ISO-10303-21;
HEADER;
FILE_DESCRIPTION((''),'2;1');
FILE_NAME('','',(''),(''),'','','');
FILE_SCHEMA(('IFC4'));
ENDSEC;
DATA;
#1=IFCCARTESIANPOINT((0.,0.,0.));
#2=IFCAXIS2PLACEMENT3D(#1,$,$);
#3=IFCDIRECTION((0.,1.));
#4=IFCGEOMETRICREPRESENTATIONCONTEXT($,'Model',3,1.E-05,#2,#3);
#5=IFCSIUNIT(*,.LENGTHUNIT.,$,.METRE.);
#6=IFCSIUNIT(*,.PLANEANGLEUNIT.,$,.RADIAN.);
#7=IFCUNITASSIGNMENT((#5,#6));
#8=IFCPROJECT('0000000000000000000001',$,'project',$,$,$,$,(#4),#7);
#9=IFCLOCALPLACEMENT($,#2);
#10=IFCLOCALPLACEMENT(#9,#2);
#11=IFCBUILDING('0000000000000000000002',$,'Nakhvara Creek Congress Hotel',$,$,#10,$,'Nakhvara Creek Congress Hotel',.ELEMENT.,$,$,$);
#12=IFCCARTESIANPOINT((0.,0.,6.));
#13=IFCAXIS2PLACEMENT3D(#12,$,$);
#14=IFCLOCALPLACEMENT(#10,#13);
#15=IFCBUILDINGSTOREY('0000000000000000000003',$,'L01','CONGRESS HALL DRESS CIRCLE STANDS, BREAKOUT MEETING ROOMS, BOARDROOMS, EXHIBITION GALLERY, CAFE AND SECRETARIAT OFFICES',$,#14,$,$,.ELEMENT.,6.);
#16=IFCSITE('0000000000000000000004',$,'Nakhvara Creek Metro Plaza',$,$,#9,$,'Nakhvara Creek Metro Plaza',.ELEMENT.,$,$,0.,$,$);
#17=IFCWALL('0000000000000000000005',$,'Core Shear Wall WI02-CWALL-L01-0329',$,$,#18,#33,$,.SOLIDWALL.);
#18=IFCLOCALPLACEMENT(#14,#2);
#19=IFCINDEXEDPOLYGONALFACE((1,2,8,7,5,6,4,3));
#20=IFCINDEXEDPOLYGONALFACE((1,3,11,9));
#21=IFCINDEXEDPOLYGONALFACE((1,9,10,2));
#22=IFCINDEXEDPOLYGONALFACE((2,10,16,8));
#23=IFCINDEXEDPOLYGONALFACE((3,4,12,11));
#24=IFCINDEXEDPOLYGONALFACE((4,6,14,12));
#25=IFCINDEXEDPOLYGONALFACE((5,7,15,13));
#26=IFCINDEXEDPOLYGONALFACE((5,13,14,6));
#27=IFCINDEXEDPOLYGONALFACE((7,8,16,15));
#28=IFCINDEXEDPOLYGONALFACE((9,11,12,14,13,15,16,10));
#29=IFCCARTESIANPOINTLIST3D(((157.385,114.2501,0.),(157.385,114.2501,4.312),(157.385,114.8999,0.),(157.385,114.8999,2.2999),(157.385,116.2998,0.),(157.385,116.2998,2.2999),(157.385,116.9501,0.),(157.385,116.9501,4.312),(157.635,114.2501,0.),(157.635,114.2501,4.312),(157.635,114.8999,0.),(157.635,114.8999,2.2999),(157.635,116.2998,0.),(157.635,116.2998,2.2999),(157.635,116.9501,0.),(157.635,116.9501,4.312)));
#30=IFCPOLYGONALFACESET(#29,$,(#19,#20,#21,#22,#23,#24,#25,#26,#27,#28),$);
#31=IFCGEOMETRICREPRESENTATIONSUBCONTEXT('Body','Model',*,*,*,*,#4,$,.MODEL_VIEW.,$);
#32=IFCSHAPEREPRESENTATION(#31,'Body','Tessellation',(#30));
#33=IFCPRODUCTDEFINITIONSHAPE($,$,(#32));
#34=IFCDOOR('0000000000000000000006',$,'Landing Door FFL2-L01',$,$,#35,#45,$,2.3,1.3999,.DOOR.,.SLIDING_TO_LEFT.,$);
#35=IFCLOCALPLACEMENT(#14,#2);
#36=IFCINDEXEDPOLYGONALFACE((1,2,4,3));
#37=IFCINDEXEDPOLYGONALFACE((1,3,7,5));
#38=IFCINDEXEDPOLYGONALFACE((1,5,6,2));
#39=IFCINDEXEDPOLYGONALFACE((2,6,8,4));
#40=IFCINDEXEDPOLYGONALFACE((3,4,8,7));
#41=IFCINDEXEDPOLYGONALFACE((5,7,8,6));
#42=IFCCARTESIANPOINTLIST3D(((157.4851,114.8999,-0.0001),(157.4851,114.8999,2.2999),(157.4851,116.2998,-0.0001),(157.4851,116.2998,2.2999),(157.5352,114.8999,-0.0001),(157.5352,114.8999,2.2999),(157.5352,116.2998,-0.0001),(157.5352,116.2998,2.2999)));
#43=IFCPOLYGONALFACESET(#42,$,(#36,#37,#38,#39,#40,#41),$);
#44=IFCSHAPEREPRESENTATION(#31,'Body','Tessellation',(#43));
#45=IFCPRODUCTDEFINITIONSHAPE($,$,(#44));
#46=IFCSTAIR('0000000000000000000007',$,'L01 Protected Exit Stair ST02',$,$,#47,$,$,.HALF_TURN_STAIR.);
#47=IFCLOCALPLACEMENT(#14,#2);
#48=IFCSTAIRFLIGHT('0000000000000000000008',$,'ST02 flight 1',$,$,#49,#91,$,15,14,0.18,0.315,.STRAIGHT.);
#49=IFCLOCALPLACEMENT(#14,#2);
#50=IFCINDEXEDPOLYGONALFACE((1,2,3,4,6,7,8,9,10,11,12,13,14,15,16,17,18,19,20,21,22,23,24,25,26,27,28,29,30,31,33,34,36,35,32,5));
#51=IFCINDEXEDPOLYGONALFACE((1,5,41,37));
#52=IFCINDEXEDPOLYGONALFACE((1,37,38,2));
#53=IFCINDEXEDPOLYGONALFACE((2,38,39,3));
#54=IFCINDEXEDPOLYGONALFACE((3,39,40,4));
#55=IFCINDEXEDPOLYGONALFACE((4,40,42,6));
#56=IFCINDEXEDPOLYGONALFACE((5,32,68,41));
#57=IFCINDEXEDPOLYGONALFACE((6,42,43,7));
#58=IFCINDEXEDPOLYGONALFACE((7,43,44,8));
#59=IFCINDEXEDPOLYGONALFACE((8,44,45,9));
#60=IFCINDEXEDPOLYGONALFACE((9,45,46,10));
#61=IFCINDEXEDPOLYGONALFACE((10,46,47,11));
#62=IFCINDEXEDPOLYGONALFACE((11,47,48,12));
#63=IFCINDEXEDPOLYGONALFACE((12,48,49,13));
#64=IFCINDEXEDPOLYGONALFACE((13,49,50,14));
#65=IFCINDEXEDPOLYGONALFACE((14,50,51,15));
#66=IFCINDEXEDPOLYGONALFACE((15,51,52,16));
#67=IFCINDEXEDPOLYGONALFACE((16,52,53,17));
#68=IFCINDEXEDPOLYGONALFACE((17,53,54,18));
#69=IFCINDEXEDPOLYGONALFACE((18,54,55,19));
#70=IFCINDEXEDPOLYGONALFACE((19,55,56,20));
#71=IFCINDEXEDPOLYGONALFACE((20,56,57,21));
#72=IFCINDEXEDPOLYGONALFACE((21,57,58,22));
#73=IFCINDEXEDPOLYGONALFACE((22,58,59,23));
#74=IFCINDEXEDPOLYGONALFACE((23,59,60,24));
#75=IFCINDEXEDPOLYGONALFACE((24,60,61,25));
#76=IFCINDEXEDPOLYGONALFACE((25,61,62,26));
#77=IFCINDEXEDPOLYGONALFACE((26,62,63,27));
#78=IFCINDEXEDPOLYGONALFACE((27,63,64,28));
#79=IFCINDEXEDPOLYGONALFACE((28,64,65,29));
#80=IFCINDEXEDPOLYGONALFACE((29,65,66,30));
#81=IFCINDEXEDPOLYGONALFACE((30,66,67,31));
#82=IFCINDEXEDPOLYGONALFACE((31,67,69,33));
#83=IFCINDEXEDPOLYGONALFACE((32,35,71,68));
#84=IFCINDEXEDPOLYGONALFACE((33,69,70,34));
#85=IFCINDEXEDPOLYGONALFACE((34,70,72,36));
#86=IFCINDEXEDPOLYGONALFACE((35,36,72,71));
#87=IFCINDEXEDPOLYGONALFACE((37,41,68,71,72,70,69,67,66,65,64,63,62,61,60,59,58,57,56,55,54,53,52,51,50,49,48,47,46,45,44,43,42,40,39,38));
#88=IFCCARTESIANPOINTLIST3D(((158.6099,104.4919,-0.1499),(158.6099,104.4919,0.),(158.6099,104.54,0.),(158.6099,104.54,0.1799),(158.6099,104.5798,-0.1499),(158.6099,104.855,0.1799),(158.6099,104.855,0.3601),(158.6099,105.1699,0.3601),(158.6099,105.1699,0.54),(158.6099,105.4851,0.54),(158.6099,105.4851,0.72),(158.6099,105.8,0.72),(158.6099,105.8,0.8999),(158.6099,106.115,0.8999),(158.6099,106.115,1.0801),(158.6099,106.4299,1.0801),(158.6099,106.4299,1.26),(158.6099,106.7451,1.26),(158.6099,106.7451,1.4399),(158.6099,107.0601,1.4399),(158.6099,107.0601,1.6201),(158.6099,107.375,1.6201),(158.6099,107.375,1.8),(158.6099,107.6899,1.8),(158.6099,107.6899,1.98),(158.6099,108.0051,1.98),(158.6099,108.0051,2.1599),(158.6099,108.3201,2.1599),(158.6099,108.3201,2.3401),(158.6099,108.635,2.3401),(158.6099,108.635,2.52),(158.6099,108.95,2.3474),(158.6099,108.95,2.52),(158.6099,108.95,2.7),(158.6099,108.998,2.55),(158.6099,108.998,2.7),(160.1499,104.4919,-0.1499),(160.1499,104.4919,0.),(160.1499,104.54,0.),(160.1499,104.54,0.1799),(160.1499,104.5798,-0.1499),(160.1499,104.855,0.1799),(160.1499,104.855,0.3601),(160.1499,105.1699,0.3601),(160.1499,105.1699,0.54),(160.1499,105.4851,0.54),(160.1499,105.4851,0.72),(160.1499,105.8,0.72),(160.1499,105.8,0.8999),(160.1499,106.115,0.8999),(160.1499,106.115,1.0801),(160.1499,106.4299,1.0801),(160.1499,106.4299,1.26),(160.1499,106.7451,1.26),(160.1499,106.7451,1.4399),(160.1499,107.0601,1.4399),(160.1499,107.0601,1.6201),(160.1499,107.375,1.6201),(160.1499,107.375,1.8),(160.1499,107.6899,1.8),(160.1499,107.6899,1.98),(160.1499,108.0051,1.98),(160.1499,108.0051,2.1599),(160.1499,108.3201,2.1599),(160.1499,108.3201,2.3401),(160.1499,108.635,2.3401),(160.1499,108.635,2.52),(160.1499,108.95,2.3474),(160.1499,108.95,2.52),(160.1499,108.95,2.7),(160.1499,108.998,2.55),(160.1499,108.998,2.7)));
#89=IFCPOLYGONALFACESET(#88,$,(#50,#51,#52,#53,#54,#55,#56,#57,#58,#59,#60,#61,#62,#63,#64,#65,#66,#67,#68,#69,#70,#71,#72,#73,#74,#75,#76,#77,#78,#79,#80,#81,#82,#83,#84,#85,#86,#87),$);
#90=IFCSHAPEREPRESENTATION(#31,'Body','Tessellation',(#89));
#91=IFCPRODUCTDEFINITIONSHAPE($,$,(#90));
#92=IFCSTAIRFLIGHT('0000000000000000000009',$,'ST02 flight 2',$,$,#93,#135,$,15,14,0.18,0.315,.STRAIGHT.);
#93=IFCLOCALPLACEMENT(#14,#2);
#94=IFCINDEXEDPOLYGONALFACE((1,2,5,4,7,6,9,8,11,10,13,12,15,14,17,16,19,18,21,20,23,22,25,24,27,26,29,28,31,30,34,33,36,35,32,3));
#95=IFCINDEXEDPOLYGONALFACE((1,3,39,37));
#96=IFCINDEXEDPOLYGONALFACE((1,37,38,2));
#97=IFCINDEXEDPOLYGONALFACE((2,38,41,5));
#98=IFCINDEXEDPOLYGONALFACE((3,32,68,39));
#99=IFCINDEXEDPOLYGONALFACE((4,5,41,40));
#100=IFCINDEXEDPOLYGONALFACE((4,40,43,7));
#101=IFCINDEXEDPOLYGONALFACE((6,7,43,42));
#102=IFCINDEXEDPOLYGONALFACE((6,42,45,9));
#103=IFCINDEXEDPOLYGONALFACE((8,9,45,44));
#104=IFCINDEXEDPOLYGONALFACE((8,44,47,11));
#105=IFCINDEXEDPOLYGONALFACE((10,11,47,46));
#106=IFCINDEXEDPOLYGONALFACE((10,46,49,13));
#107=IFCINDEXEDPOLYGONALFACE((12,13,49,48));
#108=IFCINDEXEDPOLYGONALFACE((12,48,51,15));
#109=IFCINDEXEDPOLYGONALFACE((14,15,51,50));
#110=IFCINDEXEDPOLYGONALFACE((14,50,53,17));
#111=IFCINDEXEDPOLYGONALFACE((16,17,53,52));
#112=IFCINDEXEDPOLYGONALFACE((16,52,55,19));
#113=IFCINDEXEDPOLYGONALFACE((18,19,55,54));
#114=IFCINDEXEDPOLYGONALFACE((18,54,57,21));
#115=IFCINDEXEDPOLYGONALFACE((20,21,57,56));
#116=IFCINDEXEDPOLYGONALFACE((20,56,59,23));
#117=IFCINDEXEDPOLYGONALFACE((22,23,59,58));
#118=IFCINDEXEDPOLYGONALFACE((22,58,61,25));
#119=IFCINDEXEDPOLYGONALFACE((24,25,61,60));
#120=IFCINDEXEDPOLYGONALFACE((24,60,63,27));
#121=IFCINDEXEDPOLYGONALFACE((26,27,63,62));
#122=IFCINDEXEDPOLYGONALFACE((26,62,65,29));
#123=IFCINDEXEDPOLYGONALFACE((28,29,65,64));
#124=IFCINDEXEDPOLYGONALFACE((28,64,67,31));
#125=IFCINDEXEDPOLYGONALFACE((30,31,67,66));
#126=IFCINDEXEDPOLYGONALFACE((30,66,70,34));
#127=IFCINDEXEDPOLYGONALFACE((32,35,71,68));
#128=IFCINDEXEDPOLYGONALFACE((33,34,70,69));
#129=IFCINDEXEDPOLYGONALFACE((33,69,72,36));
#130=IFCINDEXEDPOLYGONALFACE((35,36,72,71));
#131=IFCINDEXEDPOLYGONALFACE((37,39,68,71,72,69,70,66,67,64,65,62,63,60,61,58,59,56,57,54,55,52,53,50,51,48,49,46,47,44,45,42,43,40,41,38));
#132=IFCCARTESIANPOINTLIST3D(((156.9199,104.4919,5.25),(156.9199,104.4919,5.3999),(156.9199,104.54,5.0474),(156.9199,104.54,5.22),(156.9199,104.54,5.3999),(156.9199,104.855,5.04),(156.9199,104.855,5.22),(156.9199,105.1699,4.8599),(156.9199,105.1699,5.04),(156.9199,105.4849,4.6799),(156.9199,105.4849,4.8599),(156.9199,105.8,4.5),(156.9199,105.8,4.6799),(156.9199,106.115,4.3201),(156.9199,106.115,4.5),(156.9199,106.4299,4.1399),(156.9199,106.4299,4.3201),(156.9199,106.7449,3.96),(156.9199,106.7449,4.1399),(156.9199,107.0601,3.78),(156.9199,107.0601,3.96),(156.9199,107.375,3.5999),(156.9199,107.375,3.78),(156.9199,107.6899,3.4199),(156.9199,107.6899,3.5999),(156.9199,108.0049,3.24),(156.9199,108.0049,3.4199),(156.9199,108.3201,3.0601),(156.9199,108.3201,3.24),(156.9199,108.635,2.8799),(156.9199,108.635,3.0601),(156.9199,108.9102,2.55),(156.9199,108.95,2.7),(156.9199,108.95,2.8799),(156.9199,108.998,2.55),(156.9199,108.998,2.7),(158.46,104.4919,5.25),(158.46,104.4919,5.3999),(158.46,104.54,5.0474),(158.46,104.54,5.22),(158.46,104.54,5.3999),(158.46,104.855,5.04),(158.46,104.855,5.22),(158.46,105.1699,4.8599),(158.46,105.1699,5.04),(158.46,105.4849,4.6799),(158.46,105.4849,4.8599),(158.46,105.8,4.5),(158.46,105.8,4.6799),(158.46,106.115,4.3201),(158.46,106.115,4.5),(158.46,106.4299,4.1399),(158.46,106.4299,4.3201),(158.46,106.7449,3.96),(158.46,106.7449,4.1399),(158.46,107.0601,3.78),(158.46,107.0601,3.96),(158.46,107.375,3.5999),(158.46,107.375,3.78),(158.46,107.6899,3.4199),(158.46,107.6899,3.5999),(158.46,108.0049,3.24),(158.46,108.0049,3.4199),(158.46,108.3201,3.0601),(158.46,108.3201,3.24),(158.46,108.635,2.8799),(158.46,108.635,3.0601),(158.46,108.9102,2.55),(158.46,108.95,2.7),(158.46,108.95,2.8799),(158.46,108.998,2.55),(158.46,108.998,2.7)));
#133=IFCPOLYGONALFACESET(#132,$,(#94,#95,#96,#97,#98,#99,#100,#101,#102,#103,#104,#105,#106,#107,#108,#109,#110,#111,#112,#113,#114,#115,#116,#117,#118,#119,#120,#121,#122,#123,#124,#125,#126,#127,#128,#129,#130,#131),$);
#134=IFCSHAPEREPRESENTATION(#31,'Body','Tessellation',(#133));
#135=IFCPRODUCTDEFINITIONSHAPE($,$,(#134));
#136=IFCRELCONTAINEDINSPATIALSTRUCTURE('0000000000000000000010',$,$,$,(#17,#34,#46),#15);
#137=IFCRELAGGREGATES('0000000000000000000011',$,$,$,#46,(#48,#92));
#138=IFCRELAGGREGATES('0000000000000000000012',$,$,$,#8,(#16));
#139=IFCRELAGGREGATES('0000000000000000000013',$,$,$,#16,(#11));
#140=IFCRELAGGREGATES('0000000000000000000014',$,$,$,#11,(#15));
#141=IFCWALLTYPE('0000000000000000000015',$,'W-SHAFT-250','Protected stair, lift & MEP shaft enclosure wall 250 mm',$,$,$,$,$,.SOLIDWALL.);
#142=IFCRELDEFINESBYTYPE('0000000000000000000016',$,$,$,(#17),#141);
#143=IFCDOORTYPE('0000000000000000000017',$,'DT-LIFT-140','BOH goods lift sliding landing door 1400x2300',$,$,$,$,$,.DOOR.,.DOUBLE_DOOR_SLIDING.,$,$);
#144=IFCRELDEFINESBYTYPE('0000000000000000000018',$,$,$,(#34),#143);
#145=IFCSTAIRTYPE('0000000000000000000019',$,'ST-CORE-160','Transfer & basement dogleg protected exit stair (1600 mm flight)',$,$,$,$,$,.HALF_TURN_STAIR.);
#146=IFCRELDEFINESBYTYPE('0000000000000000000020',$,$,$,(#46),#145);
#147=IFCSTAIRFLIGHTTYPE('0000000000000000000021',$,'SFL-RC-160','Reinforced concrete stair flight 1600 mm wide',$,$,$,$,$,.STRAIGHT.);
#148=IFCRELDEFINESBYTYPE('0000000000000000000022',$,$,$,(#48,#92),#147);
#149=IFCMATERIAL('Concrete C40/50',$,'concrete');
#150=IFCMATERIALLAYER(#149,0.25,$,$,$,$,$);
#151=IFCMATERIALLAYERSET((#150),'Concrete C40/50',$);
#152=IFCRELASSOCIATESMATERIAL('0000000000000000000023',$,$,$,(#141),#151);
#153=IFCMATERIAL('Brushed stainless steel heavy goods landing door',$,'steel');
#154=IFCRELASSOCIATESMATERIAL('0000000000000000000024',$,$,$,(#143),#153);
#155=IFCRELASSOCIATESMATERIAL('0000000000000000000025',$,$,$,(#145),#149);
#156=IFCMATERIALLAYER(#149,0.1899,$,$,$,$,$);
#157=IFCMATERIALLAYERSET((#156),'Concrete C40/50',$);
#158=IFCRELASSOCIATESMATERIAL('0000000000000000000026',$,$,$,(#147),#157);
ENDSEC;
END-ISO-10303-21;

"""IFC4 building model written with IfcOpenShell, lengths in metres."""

from ifc_helpers import new_model, si_unit, direction, frame, frame_2d, origin, place, context, subcontext, project, spatial, polyline, rectangle, outline, extrude, material, layer, layer_set, type_object, element, fill, aggregate, save


model = new_model("IFC4")

# Units and contexts
model_context = context("Model", 3, precision=1e-05, world=origin(), true_north=direction((0.0, 1.0)))
body_context = subcontext(model_context, "Body", "Model", "MODEL_VIEW")
ifc_project = project(units=[si_unit("LENGTHUNIT", "METRE"), si_unit("PLANEANGLEUNIT", "RADIAN")], contexts=[model_context])

# Site, building, storey
site_placement = place(None, origin())
site = spatial("IfcSite", under=ifc_project, at=site_placement, Name="Nakhvara Creek Metro Plaza", LongName="Nakhvara Creek Metro Plaza", CompositionType="ELEMENT", RefElevation=0.0)
building_placement = place(site_placement, origin())
building = spatial("IfcBuilding", under=site, at=building_placement, Name="Nakhvara Creek Congress Hotel", LongName="Nakhvara Creek Congress Hotel", CompositionType="ELEMENT")
storey_placement = place(building_placement, frame((0.0, 0.0, 6.0)))
storey = spatial("IfcBuildingStorey", under=building, at=storey_placement, Name="L01", Description="CONGRESS HALL DRESS CIRCLE STANDS, BREAKOUT MEETING ROOMS, BOARDROOMS, EXHIBITION GALLERY, CAFE AND SECRETARIAT OFFICES", CompositionType="ELEMENT", Elevation=6.0)

# Shared definitions
ifc_material_1 = material(Name="Concrete C40/50", Category="concrete")

# Shared definitions
ifc_layer_1 = layer(ifc_material_1, 0.25)
ifc_layer_set_1 = layer_set([ifc_layer_1], Name="Concrete C40/50")
wall_type_1 = type_object("IfcWallType", Name="W-SHAFT-250", Description="Protected stair, lift & MEP shaft enclosure wall 250 mm", PredefinedType="SOLIDWALL", material=ifc_layer_set_1)

# Wall, opening, door
wall_1_placement = place(storey_placement, frame((157.51, 114.25, 0.0), z_axis=(0.0, 0.0, 1.0), x_axis=(0.0, 1.0, 0.0)))
wall_1 = element("IfcWall", 1, at=wall_1_placement, inside=storey, type_object=wall_type_1, Name="Core Shear Wall WI02-CWALL-L01-0329", PredefinedType="SOLIDWALL", context=body_context, shape_type="SweptSolid", body=[
    extrude(rectangle(XDim=2.7, YDim=0.25, at=frame_2d((1.3501, 0.0))), origin(), (0.0, 0.0, 1.0), 4.312),
])
opening_1_placement = place(wall_1_placement, frame((0.6499, 0.0, 0.0)))
opening_1 = element("IfcOpeningElement", 2, at=opening_1_placement, cuts=wall_1, PredefinedType="OPENING", context=body_context, shape_type="SweptSolid", body=[
    extrude(rectangle(XDim=1.3999, YDim=2.3, at=frame_2d((0.7, 1.1499))), frame((0.0, 0.137, 0.0), z_axis=(0.0, -1.0, 0.0), x_axis=(1.0, 0.0, 0.0)), (0.0, 0.0, 1.0), 0.2739),
])
ifc_material_2 = material(Name="Brushed stainless steel heavy goods landing door", Category="steel")
door_type_1 = type_object("IfcDoorType", Name="DT-LIFT-140", Description="BOH goods lift sliding landing door 1400x2300", OperationType="DOUBLE_DOOR_SLIDING", PredefinedType="DOOR", material=ifc_material_2)
door_1_placement = place(opening_1_placement, origin())
door_1 = element("IfcDoor", 3, at=door_1_placement, inside=storey, type_object=door_type_1, Name="Landing Door FFL2-L01", OperationType="SLIDING_TO_LEFT", OverallHeight=2.3, OverallWidth=1.3999, PredefinedType="DOOR", context=body_context, shape_type="SweptSolid", body=[
    extrude(rectangle(XDim=1.3999, YDim=2.3, at=frame_2d((0.7, 1.1499))), frame((0.0, 0.0249, 0.0), z_axis=(0.0, -1.0, 0.0), x_axis=(1.0, 0.0, 0.0)), (0.0, 0.0, 1.0), 0.05),
])
fill(opening_1, door_1)

# Stair, stair flights
stair_type = type_object("IfcStairType", Name="ST-CORE-160", Description="Transfer & basement dogleg protected exit stair (1600 mm flight)", PredefinedType="HALF_TURN_STAIR", material=ifc_material_1)
stair_placement = place(storey_placement, origin())
stair = element("IfcStair", 4, at=stair_placement, inside=storey, type_object=stair_type, Name="L01 Protected Exit Stair ST02", PredefinedType="HALF_TURN_STAIR")
ifc_layer_2 = layer(ifc_material_1, 0.1899)
ifc_layer_set_2 = layer_set([ifc_layer_2], Name="Concrete C40/50")
stair_flight_type = type_object("IfcStairFlightType", Name="SFL-RC-160", Description="Reinforced concrete stair flight 1600 mm wide", PredefinedType="STRAIGHT", material=ifc_layer_set_2)
stair_flight_1_placement = place(storey_placement, frame((159.3799, 104.54, 0.0), z_axis=(0.0, 0.0, 1.0), x_axis=(0.0, 1.0, 0.0)))
stair_flight_1 = element("IfcStairFlight", 5, at=stair_flight_1_placement, type_object=stair_flight_type, Name="ST02 flight 1", NumberOfRisers=15, NumberOfTreads=14, PredefinedType="STRAIGHT", RiserHeight=0.18, TreadLength=0.315, context=body_context, shape_type="SweptSolid", body=[
    extrude(outline(polyline([(-0.0481, 0.0), (0.0, 0.0), (0.0, 0.1799), (0.3149, 0.1799), (0.3149, 0.3601), (0.6299, 0.3601), (0.6299, 0.54), (0.9451, 0.54), (0.9451, 0.72), (1.26, 0.72), (1.26, 0.8999), (1.575, 0.8999), (1.575, 1.0801), (1.8899, 1.0801), (1.8899, 1.26), (2.2051, 1.26), (2.2051, 1.4399), (2.52, 1.4399), (2.52, 1.6201), (2.835, 1.6201), (2.835, 1.8), (3.1499, 1.8), (3.1499, 1.98), (3.4651, 1.98), (3.4651, 2.1599), (3.78, 2.1599), (3.78, 2.3401), (4.095, 2.3401), (4.095, 2.52), (4.4099, 2.52), (4.4099, 2.7), (4.458, 2.7), (4.458, 2.55), (4.4099, 2.3474), (0.0398, -0.1499), (-0.0481, -0.1499), (-0.0481, 0.0)])), frame((0.0, 0.77, 0.0), z_axis=(0.0, -1.0, 0.0), x_axis=(1.0, 0.0, 0.0)), (0.0, 0.0, 1.0), 1.54),
])
stair_flight_2_placement = place(storey_placement, frame((157.6899, 108.95, 2.7), z_axis=(0.0, 0.0, 1.0), x_axis=(0.0, -1.0, 0.0)))
stair_flight_2 = element("IfcStairFlight", 6, at=stair_flight_2_placement, type_object=stair_flight_type, Name="ST02 flight 2", NumberOfRisers=15, NumberOfTreads=14, PredefinedType="STRAIGHT", RiserHeight=0.18, TreadLength=0.315, context=body_context, shape_type="SweptSolid", body=[
    extrude(outline(polyline([(-0.0481, 0.0), (0.0, 0.0), (0.0, 0.1799), (0.3149, 0.1799), (0.3149, 0.3601), (0.6299, 0.3601), (0.6299, 0.54), (0.9451, 0.54), (0.9451, 0.72), (1.26, 0.72), (1.26, 0.8999), (1.575, 0.8999), (1.575, 1.0801), (1.8899, 1.0801), (1.8899, 1.26), (2.2051, 1.26), (2.2051, 1.4399), (2.52, 1.4399), (2.52, 1.6201), (2.835, 1.6201), (2.835, 1.8), (3.1499, 1.8), (3.1499, 1.98), (3.4651, 1.98), (3.4651, 2.1599), (3.78, 2.1599), (3.78, 2.3401), (4.095, 2.3401), (4.095, 2.52), (4.4099, 2.52), (4.4099, 2.7), (4.458, 2.7), (4.458, 2.55), (4.4099, 2.3474), (0.0398, -0.1499), (-0.0481, -0.1499), (-0.0481, 0.0)])), frame((0.0, 0.77, 0.0), z_axis=(0.0, -1.0, 0.0), x_axis=(1.0, 0.0, 0.0)), (0.0, 0.0, 1.0), 1.54),
])
aggregate(stair, [stair_flight_1, stair_flight_2])

save(model, "model.ifc")
